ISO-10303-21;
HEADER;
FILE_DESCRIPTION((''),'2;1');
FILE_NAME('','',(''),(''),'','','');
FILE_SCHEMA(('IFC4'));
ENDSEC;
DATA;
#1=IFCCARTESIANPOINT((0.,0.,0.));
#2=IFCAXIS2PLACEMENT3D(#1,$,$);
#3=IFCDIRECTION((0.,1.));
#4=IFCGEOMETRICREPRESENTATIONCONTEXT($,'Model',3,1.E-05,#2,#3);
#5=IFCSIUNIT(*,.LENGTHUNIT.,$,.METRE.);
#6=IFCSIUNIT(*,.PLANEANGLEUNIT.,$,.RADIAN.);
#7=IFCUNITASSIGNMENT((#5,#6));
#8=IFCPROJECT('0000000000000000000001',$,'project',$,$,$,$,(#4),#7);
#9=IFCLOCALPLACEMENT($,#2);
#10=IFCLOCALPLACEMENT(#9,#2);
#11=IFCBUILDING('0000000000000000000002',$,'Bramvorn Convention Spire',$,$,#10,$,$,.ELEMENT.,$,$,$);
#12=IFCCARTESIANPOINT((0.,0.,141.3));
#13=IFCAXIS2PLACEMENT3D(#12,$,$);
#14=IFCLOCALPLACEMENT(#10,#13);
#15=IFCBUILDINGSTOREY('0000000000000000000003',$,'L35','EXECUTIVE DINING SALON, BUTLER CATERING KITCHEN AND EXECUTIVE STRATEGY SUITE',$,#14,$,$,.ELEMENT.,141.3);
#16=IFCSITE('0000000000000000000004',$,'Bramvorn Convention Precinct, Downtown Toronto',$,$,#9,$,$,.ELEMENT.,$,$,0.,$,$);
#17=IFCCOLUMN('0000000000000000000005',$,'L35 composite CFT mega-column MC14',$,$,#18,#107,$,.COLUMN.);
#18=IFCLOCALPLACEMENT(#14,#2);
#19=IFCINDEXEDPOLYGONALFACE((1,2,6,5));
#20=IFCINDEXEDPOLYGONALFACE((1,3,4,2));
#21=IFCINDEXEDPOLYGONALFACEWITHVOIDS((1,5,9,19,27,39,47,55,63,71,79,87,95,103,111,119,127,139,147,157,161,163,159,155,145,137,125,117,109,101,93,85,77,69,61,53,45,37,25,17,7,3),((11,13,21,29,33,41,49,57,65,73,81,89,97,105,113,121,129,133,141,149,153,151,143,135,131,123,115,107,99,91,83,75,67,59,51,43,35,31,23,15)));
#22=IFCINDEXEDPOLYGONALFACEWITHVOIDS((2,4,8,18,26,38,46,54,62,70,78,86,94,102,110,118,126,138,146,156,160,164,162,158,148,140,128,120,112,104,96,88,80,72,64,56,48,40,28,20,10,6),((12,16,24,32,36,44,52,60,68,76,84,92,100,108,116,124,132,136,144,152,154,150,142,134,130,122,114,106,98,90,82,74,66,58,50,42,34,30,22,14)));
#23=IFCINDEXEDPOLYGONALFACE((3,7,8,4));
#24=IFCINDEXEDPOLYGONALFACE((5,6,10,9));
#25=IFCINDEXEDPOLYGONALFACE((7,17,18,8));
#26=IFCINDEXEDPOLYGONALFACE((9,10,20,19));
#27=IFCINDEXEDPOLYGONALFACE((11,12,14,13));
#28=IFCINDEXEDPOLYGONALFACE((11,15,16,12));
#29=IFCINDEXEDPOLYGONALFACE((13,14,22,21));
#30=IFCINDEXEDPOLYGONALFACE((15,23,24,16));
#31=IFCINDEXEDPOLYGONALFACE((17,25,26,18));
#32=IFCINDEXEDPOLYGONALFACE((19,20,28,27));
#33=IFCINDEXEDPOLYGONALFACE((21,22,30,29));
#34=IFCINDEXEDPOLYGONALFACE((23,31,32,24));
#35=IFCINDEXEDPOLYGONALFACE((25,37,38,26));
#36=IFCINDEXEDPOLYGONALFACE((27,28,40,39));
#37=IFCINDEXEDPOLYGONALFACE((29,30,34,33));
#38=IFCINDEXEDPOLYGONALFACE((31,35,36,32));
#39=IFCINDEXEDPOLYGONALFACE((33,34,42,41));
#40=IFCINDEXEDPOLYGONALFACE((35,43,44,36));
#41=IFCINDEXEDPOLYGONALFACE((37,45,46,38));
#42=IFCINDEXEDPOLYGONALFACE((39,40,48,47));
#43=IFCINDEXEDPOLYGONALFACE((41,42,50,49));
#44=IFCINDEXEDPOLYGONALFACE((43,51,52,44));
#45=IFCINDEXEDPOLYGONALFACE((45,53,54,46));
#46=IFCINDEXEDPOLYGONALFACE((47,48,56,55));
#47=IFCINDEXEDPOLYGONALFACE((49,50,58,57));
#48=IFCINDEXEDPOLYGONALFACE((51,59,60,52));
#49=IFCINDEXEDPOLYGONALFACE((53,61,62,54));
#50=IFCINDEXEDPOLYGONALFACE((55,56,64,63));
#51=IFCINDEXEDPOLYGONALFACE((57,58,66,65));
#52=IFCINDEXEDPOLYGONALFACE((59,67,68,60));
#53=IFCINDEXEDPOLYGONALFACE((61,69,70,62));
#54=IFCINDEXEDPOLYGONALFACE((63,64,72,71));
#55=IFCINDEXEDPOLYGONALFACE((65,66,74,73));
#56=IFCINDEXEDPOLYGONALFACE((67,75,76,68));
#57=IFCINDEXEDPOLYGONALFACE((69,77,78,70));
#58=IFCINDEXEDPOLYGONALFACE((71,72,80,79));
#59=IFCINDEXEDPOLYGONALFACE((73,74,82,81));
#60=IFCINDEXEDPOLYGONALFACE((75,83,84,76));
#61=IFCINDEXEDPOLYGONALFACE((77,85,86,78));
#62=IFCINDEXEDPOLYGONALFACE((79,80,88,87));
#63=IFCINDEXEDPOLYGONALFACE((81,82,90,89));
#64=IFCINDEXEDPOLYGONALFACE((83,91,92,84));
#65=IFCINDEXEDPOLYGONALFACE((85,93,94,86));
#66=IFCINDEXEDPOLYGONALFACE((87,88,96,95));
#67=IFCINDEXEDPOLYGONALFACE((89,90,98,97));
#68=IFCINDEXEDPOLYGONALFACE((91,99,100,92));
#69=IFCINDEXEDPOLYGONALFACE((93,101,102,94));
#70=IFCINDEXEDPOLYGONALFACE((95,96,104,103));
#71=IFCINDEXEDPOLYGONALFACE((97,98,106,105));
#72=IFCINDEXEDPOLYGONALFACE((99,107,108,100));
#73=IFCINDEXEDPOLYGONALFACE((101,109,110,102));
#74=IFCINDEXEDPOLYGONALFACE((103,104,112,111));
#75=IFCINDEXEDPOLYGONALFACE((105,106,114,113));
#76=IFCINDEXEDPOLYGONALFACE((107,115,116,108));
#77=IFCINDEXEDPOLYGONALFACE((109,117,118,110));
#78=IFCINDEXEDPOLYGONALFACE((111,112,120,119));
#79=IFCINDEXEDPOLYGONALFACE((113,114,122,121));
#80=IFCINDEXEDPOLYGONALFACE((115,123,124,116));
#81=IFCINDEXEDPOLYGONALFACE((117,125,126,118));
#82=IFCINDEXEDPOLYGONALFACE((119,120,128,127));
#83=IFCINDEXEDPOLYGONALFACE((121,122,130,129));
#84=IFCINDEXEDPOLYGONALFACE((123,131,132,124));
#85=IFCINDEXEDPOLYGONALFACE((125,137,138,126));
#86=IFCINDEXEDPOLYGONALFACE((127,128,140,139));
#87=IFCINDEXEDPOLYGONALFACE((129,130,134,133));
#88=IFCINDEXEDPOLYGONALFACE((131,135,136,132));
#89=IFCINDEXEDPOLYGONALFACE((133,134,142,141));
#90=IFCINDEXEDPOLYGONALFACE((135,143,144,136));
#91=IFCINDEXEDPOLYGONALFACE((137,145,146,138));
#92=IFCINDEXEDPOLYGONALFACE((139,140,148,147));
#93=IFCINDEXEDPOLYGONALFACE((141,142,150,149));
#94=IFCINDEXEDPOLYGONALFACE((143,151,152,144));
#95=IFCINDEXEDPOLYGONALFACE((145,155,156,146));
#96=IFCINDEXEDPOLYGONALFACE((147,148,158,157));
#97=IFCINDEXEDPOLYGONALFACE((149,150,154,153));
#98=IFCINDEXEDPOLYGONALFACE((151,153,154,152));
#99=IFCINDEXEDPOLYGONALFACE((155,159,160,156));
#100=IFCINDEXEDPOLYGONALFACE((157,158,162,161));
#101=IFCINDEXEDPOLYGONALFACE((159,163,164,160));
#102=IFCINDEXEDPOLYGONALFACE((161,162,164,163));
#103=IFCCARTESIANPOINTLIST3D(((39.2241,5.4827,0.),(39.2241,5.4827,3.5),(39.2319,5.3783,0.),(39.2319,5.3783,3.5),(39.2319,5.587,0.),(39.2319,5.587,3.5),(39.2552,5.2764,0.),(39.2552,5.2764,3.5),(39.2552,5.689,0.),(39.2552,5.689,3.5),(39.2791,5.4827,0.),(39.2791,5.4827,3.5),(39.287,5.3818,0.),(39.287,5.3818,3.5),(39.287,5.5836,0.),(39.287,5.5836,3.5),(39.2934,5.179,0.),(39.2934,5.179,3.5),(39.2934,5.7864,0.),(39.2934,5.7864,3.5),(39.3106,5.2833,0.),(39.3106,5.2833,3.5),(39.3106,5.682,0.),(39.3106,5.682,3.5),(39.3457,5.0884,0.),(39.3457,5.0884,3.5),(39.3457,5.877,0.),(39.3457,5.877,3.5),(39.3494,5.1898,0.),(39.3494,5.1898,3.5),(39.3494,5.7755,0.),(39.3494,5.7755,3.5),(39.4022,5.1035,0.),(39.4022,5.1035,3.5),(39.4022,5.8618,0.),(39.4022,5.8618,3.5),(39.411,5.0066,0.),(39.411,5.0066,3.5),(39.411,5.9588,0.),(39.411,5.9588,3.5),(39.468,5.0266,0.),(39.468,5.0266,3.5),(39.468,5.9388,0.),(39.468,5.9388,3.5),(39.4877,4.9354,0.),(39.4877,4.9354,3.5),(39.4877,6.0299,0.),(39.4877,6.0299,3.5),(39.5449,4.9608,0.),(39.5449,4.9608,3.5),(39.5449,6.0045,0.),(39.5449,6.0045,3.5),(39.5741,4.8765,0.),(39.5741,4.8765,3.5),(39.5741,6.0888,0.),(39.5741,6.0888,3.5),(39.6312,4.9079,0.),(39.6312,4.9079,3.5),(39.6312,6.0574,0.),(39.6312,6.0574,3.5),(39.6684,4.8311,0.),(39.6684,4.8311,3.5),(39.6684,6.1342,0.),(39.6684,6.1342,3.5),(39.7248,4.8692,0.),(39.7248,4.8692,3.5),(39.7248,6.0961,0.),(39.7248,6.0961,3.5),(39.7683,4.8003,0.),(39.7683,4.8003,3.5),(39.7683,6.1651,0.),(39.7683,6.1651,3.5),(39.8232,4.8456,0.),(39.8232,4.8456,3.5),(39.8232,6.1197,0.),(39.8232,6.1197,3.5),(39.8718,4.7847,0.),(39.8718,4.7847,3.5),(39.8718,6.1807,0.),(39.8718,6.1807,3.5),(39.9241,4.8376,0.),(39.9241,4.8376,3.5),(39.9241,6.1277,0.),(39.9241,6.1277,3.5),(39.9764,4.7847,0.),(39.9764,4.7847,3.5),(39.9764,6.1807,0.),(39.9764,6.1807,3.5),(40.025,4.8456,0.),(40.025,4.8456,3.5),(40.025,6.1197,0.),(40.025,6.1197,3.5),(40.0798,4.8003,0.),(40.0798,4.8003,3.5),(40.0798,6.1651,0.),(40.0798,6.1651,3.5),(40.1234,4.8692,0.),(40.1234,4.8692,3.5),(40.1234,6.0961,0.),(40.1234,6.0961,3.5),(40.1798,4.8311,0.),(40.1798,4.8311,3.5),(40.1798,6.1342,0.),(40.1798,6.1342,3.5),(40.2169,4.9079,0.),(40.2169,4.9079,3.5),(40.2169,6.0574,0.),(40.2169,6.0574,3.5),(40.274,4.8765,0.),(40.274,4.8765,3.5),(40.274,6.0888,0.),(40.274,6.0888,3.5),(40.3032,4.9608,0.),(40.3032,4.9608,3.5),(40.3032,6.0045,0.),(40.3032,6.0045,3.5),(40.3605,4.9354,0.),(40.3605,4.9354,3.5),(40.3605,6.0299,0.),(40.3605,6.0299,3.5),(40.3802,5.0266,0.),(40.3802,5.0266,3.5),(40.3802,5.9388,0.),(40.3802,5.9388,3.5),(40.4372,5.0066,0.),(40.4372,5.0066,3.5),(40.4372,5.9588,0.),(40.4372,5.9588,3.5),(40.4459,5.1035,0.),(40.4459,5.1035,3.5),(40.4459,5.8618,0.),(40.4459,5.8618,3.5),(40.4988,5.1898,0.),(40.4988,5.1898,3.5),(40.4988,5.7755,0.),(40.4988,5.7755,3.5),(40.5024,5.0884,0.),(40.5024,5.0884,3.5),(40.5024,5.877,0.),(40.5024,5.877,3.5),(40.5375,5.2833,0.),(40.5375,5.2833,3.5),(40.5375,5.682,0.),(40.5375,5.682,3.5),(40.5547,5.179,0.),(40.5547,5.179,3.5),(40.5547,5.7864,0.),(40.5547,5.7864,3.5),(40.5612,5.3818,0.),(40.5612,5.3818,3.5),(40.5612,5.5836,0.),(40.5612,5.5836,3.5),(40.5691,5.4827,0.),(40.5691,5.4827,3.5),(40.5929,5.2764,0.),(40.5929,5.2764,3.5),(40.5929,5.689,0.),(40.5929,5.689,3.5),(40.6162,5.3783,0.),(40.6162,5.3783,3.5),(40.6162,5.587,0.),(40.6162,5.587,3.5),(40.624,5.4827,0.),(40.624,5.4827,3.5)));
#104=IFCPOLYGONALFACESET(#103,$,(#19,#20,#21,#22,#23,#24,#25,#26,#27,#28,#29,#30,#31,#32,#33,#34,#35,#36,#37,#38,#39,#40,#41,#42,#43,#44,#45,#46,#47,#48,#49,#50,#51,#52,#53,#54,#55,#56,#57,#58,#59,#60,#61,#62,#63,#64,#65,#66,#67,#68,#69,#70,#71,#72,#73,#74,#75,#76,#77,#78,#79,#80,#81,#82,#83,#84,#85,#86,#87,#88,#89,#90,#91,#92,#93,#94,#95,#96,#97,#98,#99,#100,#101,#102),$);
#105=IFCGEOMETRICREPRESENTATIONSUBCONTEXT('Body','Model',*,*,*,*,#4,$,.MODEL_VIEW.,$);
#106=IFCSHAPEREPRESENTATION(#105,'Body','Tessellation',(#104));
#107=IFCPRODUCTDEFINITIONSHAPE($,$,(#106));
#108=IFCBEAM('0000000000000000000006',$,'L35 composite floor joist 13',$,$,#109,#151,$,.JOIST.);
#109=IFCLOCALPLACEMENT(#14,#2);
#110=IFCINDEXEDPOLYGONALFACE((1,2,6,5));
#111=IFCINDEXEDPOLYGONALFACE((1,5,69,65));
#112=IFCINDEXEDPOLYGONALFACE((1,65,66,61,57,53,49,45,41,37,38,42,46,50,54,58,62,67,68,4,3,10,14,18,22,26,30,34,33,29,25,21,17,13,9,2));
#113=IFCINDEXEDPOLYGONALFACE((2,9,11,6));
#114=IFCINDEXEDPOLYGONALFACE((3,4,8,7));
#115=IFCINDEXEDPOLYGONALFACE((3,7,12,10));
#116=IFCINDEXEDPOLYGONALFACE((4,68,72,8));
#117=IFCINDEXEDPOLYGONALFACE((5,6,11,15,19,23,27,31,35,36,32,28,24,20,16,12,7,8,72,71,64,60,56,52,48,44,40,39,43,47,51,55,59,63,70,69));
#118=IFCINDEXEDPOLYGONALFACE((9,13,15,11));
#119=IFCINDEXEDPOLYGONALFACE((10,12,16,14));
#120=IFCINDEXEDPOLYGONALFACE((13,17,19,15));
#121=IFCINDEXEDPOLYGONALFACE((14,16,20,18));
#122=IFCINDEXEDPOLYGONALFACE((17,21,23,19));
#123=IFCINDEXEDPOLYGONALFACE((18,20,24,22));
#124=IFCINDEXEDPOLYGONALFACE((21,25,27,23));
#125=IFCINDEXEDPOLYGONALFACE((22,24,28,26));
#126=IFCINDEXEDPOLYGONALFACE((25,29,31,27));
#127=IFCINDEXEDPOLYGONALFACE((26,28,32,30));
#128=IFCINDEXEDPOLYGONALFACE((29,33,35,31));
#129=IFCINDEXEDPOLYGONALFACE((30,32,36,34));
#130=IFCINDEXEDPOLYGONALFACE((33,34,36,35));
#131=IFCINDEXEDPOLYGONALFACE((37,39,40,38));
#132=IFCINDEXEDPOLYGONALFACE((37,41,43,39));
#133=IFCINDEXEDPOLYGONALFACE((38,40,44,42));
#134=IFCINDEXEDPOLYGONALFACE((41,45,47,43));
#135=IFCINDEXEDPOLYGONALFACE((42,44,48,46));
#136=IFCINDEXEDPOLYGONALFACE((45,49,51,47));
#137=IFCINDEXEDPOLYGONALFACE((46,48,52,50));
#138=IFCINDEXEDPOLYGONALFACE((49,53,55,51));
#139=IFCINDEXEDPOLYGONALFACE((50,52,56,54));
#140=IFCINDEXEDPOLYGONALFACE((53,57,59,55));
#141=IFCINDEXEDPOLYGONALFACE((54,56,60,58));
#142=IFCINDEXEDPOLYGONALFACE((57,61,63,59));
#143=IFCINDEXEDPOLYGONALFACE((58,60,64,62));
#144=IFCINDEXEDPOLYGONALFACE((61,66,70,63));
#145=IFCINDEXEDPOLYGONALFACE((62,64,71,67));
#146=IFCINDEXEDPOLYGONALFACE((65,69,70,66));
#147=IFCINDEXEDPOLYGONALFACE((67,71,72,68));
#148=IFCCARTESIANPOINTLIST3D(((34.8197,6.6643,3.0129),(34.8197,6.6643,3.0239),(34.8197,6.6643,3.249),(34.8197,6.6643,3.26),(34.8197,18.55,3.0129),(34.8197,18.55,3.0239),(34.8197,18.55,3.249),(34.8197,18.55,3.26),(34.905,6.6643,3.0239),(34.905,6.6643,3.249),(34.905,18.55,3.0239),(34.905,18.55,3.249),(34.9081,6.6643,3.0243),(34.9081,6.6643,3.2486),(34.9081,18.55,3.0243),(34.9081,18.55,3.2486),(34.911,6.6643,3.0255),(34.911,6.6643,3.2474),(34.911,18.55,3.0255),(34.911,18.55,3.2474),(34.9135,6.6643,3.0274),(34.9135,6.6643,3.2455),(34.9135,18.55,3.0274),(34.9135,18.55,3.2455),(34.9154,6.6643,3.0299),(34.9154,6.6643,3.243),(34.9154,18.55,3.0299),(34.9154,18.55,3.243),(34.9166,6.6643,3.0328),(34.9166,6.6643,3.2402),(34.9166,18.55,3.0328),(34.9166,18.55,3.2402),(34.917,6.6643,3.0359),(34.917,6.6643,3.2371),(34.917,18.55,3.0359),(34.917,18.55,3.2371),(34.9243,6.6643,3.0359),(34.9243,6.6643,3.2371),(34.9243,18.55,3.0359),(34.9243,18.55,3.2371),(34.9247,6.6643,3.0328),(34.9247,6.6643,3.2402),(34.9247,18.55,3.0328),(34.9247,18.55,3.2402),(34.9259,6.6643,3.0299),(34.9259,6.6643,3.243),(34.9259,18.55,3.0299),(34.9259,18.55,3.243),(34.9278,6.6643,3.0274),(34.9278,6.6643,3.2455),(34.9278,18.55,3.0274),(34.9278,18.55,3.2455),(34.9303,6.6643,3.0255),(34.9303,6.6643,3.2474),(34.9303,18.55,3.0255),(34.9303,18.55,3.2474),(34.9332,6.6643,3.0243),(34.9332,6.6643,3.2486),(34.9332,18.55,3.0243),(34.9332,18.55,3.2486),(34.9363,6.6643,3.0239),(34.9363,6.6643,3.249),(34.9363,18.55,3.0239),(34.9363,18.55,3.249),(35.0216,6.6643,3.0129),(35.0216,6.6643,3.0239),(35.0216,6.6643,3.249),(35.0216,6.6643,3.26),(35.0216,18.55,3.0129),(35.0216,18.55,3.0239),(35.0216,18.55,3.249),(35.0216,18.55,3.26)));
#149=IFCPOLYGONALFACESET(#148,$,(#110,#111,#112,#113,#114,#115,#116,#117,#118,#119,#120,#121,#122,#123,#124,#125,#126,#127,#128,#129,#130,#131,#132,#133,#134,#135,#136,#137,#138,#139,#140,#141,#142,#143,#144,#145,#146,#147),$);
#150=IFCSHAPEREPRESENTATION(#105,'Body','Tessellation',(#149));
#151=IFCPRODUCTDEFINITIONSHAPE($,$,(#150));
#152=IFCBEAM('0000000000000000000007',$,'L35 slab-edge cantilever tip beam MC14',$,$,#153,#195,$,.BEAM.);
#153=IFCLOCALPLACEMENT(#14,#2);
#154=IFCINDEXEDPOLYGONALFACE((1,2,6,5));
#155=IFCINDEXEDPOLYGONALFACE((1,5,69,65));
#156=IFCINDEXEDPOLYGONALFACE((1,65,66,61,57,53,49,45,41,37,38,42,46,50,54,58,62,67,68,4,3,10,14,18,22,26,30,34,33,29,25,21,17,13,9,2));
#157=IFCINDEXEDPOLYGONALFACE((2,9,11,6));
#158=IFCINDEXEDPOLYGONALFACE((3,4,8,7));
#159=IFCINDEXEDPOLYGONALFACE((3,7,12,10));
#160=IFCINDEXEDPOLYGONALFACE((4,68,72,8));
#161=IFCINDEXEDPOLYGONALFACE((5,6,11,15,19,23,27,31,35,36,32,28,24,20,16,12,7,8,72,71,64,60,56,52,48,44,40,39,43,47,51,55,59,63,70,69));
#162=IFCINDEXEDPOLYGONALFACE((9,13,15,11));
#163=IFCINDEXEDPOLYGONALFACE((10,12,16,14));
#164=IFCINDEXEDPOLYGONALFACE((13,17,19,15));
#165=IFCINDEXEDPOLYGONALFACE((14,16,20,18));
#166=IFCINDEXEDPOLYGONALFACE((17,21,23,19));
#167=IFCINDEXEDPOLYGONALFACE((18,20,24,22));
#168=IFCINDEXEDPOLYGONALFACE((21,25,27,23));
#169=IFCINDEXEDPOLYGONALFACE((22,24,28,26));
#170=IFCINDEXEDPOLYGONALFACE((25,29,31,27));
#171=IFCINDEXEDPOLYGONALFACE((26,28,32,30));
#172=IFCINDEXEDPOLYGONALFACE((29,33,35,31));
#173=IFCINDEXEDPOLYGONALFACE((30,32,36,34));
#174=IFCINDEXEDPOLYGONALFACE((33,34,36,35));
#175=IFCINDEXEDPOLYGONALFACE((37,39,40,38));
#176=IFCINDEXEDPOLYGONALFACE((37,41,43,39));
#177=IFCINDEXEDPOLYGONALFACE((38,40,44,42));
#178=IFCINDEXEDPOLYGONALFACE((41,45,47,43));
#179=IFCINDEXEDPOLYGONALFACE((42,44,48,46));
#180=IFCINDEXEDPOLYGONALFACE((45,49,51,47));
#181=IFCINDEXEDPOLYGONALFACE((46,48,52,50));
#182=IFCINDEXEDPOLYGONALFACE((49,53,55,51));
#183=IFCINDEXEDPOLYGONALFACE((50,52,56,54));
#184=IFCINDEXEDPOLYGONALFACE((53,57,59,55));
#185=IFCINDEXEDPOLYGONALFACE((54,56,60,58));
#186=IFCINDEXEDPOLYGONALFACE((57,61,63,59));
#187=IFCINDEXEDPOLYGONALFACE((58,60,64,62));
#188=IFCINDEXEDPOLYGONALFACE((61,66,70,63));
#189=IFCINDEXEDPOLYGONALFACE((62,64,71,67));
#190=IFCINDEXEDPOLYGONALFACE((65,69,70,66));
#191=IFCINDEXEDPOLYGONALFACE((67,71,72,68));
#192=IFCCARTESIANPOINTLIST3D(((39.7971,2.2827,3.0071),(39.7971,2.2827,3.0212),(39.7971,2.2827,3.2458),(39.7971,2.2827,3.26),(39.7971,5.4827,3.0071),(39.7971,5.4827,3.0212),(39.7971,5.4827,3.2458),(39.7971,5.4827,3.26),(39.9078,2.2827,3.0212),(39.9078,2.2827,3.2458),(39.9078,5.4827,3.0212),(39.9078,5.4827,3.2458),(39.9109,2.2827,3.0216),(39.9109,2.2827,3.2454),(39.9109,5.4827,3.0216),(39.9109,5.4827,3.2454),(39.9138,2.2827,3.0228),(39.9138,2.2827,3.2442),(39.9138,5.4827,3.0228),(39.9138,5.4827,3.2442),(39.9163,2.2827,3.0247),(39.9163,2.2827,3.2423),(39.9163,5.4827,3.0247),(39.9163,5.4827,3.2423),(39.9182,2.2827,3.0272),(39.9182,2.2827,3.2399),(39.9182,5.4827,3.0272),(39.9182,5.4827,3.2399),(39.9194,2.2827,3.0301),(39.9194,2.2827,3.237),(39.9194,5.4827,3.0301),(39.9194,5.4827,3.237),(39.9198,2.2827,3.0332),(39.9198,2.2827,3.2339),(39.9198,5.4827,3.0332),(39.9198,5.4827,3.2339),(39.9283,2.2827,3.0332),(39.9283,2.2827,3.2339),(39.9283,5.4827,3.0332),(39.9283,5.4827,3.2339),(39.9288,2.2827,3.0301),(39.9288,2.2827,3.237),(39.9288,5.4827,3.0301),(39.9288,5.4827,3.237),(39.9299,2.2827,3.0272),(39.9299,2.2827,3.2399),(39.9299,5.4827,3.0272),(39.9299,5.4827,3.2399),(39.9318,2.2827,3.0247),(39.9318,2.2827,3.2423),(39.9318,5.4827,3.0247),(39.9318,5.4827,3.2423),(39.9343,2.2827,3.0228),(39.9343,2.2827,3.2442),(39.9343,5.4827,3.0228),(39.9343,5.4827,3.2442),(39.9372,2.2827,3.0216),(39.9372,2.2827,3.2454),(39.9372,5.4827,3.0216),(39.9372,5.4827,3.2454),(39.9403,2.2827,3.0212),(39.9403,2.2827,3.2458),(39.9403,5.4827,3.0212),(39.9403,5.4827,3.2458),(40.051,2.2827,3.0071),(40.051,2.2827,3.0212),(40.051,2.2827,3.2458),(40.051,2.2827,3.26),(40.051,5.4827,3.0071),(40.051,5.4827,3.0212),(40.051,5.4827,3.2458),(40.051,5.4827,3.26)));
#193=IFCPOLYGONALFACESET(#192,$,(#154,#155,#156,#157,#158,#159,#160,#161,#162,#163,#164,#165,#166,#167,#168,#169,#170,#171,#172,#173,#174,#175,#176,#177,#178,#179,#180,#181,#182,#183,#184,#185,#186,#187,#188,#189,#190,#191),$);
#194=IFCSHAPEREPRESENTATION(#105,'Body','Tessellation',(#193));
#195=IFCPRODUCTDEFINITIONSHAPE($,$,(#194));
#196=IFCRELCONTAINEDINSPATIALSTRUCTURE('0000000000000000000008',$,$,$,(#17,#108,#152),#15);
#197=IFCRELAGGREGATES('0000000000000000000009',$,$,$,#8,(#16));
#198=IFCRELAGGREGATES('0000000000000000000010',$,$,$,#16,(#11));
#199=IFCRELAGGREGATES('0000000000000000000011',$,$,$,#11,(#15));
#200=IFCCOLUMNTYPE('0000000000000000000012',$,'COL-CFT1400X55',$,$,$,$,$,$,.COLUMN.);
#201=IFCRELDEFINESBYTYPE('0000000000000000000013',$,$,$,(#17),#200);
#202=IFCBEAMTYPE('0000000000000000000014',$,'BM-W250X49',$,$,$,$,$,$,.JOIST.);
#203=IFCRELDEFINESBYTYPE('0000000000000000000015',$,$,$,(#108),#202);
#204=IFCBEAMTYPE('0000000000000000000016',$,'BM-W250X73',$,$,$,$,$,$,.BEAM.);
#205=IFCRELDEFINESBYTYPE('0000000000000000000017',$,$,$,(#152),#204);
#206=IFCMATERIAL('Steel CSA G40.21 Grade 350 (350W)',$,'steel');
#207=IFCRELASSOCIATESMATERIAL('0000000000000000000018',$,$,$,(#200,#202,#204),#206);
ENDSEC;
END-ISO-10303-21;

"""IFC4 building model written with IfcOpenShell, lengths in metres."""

from ifc_helpers import new_model, si_unit, direction, frame, origin, origin_2d, place, context, subcontext, project, spatial, hollow_circle, i_section, extrude, material, material_profile, profile_set, type_object, element, save


model = new_model("IFC4")

# Units and contexts
model_context = context("Model", 3, precision=1e-05, world=origin(), true_north=direction((0.0, 1.0)))
body_context = subcontext(model_context, "Body", "Model", "MODEL_VIEW")
ifc_project = project(units=[si_unit("LENGTHUNIT", "METRE"), si_unit("PLANEANGLEUNIT", "RADIAN")], contexts=[model_context])

# Site, building, storey
site_placement = place(None, origin())
site = spatial("IfcSite", under=ifc_project, at=site_placement, Name="Bramvorn Convention Precinct, Downtown Toronto", CompositionType="ELEMENT", RefElevation=0.0)
building_placement = place(site_placement, origin())
building = spatial("IfcBuilding", under=site, at=building_placement, Name="Bramvorn Convention Spire", CompositionType="ELEMENT")
storey_placement = place(building_placement, frame((0.0, 0.0, 141.3)))
storey = spatial("IfcBuildingStorey", under=building, at=storey_placement, Name="L35", Description="EXECUTIVE DINING SALON, BUTLER CATERING KITCHEN AND EXECUTIVE STRATEGY SUITE", CompositionType="ELEMENT", Elevation=141.3)

# Column
ifc_material_1 = material(Name="Steel CSA G40.21 Grade 350 (350W)", Category="steel")
ifc_material_profile_1 = material_profile(ifc_material_1, hollow_circle(Radius=0.7, WallThickness=0.0549, at=origin_2d()))
ifc_profile_set_1 = profile_set([ifc_material_profile_1], Name="Steel CSA G40.21 Grade 350 (350W) - CFT1400X55")
column_type = type_object("IfcColumnType", Name="COL-CFT1400X55", PredefinedType="COLUMN", material=ifc_profile_set_1)
column_placement = place(storey_placement, frame((39.9241, 5.4827, 0.0), z_axis=(0.0, 0.0, 1.0), x_axis=(1.0, 0.0, 0.0)))
element("IfcColumn", 1, at=column_placement, inside=storey, type_object=column_type, Name="L35 composite CFT mega-column MC14", PredefinedType="COLUMN", context=body_context, shape_type="SweptSolid", body=[
    extrude(hollow_circle(Radius=0.7, WallThickness=0.0549, at=origin_2d()), origin(), (0.0, 0.0, 1.0), 3.5),
])

# Beams
ifc_material_profile_2 = material_profile(ifc_material_1, i_section(OverallWidth=0.2019, OverallDepth=0.2471, WebThickness=0.0073, FlangeThickness=0.011, FilletRadius=0.012, at=origin_2d()))
ifc_profile_set_2 = profile_set([ifc_material_profile_2], Name="Steel CSA G40.21 Grade 350 (350W) - W250X49")
beam_type_1 = type_object("IfcBeamType", Name="BM-W250X49", PredefinedType="JOIST", material=ifc_profile_set_2)
beam_1_placement = place(storey_placement, frame((34.9207, 18.55, 3.1365), z_axis=(0.0, -1.0, 0.0), x_axis=(1.0, 0.0, 0.0)))
element("IfcBeam", 2, at=beam_1_placement, inside=storey, type_object=beam_type_1, Name="L35 composite floor joist 13", PredefinedType="JOIST", context=body_context, shape_type="SweptSolid", body=[
    extrude(i_section(OverallWidth=0.2019, OverallDepth=0.2471, WebThickness=0.0073, FlangeThickness=0.011, FilletRadius=0.012, at=origin_2d()), origin(), (0.0, 0.0, 1.0), 11.8857),
])
ifc_material_profile_3 = material_profile(ifc_material_1, i_section(OverallWidth=0.2539, OverallDepth=0.2529, WebThickness=0.0085, FlangeThickness=0.0142, FilletRadius=0.012, at=origin_2d()))
ifc_profile_set_3 = profile_set([ifc_material_profile_3], Name="Steel CSA G40.21 Grade 350 (350W) - W250X73")
beam_type_2 = type_object("IfcBeamType", Name="BM-W250X73", PredefinedType="BEAM", material=ifc_profile_set_3)
beam_2_placement = place(storey_placement, frame((39.9241, 5.4827, 3.1335), z_axis=(0.0, -1.0, 0.0), x_axis=(1.0, 0.0, 0.0)))
element("IfcBeam", 3, at=beam_2_placement, inside=storey, type_object=beam_type_2, Name="L35 slab-edge cantilever tip beam MC14", PredefinedType="BEAM", context=body_context, shape_type="SweptSolid", body=[
    extrude(i_section(OverallWidth=0.2539, OverallDepth=0.2529, WebThickness=0.0085, FlangeThickness=0.0142, FilletRadius=0.012, at=origin_2d()), origin(), (0.0, 0.0, 1.0), 3.2),
])

save(model, "model.ifc")
